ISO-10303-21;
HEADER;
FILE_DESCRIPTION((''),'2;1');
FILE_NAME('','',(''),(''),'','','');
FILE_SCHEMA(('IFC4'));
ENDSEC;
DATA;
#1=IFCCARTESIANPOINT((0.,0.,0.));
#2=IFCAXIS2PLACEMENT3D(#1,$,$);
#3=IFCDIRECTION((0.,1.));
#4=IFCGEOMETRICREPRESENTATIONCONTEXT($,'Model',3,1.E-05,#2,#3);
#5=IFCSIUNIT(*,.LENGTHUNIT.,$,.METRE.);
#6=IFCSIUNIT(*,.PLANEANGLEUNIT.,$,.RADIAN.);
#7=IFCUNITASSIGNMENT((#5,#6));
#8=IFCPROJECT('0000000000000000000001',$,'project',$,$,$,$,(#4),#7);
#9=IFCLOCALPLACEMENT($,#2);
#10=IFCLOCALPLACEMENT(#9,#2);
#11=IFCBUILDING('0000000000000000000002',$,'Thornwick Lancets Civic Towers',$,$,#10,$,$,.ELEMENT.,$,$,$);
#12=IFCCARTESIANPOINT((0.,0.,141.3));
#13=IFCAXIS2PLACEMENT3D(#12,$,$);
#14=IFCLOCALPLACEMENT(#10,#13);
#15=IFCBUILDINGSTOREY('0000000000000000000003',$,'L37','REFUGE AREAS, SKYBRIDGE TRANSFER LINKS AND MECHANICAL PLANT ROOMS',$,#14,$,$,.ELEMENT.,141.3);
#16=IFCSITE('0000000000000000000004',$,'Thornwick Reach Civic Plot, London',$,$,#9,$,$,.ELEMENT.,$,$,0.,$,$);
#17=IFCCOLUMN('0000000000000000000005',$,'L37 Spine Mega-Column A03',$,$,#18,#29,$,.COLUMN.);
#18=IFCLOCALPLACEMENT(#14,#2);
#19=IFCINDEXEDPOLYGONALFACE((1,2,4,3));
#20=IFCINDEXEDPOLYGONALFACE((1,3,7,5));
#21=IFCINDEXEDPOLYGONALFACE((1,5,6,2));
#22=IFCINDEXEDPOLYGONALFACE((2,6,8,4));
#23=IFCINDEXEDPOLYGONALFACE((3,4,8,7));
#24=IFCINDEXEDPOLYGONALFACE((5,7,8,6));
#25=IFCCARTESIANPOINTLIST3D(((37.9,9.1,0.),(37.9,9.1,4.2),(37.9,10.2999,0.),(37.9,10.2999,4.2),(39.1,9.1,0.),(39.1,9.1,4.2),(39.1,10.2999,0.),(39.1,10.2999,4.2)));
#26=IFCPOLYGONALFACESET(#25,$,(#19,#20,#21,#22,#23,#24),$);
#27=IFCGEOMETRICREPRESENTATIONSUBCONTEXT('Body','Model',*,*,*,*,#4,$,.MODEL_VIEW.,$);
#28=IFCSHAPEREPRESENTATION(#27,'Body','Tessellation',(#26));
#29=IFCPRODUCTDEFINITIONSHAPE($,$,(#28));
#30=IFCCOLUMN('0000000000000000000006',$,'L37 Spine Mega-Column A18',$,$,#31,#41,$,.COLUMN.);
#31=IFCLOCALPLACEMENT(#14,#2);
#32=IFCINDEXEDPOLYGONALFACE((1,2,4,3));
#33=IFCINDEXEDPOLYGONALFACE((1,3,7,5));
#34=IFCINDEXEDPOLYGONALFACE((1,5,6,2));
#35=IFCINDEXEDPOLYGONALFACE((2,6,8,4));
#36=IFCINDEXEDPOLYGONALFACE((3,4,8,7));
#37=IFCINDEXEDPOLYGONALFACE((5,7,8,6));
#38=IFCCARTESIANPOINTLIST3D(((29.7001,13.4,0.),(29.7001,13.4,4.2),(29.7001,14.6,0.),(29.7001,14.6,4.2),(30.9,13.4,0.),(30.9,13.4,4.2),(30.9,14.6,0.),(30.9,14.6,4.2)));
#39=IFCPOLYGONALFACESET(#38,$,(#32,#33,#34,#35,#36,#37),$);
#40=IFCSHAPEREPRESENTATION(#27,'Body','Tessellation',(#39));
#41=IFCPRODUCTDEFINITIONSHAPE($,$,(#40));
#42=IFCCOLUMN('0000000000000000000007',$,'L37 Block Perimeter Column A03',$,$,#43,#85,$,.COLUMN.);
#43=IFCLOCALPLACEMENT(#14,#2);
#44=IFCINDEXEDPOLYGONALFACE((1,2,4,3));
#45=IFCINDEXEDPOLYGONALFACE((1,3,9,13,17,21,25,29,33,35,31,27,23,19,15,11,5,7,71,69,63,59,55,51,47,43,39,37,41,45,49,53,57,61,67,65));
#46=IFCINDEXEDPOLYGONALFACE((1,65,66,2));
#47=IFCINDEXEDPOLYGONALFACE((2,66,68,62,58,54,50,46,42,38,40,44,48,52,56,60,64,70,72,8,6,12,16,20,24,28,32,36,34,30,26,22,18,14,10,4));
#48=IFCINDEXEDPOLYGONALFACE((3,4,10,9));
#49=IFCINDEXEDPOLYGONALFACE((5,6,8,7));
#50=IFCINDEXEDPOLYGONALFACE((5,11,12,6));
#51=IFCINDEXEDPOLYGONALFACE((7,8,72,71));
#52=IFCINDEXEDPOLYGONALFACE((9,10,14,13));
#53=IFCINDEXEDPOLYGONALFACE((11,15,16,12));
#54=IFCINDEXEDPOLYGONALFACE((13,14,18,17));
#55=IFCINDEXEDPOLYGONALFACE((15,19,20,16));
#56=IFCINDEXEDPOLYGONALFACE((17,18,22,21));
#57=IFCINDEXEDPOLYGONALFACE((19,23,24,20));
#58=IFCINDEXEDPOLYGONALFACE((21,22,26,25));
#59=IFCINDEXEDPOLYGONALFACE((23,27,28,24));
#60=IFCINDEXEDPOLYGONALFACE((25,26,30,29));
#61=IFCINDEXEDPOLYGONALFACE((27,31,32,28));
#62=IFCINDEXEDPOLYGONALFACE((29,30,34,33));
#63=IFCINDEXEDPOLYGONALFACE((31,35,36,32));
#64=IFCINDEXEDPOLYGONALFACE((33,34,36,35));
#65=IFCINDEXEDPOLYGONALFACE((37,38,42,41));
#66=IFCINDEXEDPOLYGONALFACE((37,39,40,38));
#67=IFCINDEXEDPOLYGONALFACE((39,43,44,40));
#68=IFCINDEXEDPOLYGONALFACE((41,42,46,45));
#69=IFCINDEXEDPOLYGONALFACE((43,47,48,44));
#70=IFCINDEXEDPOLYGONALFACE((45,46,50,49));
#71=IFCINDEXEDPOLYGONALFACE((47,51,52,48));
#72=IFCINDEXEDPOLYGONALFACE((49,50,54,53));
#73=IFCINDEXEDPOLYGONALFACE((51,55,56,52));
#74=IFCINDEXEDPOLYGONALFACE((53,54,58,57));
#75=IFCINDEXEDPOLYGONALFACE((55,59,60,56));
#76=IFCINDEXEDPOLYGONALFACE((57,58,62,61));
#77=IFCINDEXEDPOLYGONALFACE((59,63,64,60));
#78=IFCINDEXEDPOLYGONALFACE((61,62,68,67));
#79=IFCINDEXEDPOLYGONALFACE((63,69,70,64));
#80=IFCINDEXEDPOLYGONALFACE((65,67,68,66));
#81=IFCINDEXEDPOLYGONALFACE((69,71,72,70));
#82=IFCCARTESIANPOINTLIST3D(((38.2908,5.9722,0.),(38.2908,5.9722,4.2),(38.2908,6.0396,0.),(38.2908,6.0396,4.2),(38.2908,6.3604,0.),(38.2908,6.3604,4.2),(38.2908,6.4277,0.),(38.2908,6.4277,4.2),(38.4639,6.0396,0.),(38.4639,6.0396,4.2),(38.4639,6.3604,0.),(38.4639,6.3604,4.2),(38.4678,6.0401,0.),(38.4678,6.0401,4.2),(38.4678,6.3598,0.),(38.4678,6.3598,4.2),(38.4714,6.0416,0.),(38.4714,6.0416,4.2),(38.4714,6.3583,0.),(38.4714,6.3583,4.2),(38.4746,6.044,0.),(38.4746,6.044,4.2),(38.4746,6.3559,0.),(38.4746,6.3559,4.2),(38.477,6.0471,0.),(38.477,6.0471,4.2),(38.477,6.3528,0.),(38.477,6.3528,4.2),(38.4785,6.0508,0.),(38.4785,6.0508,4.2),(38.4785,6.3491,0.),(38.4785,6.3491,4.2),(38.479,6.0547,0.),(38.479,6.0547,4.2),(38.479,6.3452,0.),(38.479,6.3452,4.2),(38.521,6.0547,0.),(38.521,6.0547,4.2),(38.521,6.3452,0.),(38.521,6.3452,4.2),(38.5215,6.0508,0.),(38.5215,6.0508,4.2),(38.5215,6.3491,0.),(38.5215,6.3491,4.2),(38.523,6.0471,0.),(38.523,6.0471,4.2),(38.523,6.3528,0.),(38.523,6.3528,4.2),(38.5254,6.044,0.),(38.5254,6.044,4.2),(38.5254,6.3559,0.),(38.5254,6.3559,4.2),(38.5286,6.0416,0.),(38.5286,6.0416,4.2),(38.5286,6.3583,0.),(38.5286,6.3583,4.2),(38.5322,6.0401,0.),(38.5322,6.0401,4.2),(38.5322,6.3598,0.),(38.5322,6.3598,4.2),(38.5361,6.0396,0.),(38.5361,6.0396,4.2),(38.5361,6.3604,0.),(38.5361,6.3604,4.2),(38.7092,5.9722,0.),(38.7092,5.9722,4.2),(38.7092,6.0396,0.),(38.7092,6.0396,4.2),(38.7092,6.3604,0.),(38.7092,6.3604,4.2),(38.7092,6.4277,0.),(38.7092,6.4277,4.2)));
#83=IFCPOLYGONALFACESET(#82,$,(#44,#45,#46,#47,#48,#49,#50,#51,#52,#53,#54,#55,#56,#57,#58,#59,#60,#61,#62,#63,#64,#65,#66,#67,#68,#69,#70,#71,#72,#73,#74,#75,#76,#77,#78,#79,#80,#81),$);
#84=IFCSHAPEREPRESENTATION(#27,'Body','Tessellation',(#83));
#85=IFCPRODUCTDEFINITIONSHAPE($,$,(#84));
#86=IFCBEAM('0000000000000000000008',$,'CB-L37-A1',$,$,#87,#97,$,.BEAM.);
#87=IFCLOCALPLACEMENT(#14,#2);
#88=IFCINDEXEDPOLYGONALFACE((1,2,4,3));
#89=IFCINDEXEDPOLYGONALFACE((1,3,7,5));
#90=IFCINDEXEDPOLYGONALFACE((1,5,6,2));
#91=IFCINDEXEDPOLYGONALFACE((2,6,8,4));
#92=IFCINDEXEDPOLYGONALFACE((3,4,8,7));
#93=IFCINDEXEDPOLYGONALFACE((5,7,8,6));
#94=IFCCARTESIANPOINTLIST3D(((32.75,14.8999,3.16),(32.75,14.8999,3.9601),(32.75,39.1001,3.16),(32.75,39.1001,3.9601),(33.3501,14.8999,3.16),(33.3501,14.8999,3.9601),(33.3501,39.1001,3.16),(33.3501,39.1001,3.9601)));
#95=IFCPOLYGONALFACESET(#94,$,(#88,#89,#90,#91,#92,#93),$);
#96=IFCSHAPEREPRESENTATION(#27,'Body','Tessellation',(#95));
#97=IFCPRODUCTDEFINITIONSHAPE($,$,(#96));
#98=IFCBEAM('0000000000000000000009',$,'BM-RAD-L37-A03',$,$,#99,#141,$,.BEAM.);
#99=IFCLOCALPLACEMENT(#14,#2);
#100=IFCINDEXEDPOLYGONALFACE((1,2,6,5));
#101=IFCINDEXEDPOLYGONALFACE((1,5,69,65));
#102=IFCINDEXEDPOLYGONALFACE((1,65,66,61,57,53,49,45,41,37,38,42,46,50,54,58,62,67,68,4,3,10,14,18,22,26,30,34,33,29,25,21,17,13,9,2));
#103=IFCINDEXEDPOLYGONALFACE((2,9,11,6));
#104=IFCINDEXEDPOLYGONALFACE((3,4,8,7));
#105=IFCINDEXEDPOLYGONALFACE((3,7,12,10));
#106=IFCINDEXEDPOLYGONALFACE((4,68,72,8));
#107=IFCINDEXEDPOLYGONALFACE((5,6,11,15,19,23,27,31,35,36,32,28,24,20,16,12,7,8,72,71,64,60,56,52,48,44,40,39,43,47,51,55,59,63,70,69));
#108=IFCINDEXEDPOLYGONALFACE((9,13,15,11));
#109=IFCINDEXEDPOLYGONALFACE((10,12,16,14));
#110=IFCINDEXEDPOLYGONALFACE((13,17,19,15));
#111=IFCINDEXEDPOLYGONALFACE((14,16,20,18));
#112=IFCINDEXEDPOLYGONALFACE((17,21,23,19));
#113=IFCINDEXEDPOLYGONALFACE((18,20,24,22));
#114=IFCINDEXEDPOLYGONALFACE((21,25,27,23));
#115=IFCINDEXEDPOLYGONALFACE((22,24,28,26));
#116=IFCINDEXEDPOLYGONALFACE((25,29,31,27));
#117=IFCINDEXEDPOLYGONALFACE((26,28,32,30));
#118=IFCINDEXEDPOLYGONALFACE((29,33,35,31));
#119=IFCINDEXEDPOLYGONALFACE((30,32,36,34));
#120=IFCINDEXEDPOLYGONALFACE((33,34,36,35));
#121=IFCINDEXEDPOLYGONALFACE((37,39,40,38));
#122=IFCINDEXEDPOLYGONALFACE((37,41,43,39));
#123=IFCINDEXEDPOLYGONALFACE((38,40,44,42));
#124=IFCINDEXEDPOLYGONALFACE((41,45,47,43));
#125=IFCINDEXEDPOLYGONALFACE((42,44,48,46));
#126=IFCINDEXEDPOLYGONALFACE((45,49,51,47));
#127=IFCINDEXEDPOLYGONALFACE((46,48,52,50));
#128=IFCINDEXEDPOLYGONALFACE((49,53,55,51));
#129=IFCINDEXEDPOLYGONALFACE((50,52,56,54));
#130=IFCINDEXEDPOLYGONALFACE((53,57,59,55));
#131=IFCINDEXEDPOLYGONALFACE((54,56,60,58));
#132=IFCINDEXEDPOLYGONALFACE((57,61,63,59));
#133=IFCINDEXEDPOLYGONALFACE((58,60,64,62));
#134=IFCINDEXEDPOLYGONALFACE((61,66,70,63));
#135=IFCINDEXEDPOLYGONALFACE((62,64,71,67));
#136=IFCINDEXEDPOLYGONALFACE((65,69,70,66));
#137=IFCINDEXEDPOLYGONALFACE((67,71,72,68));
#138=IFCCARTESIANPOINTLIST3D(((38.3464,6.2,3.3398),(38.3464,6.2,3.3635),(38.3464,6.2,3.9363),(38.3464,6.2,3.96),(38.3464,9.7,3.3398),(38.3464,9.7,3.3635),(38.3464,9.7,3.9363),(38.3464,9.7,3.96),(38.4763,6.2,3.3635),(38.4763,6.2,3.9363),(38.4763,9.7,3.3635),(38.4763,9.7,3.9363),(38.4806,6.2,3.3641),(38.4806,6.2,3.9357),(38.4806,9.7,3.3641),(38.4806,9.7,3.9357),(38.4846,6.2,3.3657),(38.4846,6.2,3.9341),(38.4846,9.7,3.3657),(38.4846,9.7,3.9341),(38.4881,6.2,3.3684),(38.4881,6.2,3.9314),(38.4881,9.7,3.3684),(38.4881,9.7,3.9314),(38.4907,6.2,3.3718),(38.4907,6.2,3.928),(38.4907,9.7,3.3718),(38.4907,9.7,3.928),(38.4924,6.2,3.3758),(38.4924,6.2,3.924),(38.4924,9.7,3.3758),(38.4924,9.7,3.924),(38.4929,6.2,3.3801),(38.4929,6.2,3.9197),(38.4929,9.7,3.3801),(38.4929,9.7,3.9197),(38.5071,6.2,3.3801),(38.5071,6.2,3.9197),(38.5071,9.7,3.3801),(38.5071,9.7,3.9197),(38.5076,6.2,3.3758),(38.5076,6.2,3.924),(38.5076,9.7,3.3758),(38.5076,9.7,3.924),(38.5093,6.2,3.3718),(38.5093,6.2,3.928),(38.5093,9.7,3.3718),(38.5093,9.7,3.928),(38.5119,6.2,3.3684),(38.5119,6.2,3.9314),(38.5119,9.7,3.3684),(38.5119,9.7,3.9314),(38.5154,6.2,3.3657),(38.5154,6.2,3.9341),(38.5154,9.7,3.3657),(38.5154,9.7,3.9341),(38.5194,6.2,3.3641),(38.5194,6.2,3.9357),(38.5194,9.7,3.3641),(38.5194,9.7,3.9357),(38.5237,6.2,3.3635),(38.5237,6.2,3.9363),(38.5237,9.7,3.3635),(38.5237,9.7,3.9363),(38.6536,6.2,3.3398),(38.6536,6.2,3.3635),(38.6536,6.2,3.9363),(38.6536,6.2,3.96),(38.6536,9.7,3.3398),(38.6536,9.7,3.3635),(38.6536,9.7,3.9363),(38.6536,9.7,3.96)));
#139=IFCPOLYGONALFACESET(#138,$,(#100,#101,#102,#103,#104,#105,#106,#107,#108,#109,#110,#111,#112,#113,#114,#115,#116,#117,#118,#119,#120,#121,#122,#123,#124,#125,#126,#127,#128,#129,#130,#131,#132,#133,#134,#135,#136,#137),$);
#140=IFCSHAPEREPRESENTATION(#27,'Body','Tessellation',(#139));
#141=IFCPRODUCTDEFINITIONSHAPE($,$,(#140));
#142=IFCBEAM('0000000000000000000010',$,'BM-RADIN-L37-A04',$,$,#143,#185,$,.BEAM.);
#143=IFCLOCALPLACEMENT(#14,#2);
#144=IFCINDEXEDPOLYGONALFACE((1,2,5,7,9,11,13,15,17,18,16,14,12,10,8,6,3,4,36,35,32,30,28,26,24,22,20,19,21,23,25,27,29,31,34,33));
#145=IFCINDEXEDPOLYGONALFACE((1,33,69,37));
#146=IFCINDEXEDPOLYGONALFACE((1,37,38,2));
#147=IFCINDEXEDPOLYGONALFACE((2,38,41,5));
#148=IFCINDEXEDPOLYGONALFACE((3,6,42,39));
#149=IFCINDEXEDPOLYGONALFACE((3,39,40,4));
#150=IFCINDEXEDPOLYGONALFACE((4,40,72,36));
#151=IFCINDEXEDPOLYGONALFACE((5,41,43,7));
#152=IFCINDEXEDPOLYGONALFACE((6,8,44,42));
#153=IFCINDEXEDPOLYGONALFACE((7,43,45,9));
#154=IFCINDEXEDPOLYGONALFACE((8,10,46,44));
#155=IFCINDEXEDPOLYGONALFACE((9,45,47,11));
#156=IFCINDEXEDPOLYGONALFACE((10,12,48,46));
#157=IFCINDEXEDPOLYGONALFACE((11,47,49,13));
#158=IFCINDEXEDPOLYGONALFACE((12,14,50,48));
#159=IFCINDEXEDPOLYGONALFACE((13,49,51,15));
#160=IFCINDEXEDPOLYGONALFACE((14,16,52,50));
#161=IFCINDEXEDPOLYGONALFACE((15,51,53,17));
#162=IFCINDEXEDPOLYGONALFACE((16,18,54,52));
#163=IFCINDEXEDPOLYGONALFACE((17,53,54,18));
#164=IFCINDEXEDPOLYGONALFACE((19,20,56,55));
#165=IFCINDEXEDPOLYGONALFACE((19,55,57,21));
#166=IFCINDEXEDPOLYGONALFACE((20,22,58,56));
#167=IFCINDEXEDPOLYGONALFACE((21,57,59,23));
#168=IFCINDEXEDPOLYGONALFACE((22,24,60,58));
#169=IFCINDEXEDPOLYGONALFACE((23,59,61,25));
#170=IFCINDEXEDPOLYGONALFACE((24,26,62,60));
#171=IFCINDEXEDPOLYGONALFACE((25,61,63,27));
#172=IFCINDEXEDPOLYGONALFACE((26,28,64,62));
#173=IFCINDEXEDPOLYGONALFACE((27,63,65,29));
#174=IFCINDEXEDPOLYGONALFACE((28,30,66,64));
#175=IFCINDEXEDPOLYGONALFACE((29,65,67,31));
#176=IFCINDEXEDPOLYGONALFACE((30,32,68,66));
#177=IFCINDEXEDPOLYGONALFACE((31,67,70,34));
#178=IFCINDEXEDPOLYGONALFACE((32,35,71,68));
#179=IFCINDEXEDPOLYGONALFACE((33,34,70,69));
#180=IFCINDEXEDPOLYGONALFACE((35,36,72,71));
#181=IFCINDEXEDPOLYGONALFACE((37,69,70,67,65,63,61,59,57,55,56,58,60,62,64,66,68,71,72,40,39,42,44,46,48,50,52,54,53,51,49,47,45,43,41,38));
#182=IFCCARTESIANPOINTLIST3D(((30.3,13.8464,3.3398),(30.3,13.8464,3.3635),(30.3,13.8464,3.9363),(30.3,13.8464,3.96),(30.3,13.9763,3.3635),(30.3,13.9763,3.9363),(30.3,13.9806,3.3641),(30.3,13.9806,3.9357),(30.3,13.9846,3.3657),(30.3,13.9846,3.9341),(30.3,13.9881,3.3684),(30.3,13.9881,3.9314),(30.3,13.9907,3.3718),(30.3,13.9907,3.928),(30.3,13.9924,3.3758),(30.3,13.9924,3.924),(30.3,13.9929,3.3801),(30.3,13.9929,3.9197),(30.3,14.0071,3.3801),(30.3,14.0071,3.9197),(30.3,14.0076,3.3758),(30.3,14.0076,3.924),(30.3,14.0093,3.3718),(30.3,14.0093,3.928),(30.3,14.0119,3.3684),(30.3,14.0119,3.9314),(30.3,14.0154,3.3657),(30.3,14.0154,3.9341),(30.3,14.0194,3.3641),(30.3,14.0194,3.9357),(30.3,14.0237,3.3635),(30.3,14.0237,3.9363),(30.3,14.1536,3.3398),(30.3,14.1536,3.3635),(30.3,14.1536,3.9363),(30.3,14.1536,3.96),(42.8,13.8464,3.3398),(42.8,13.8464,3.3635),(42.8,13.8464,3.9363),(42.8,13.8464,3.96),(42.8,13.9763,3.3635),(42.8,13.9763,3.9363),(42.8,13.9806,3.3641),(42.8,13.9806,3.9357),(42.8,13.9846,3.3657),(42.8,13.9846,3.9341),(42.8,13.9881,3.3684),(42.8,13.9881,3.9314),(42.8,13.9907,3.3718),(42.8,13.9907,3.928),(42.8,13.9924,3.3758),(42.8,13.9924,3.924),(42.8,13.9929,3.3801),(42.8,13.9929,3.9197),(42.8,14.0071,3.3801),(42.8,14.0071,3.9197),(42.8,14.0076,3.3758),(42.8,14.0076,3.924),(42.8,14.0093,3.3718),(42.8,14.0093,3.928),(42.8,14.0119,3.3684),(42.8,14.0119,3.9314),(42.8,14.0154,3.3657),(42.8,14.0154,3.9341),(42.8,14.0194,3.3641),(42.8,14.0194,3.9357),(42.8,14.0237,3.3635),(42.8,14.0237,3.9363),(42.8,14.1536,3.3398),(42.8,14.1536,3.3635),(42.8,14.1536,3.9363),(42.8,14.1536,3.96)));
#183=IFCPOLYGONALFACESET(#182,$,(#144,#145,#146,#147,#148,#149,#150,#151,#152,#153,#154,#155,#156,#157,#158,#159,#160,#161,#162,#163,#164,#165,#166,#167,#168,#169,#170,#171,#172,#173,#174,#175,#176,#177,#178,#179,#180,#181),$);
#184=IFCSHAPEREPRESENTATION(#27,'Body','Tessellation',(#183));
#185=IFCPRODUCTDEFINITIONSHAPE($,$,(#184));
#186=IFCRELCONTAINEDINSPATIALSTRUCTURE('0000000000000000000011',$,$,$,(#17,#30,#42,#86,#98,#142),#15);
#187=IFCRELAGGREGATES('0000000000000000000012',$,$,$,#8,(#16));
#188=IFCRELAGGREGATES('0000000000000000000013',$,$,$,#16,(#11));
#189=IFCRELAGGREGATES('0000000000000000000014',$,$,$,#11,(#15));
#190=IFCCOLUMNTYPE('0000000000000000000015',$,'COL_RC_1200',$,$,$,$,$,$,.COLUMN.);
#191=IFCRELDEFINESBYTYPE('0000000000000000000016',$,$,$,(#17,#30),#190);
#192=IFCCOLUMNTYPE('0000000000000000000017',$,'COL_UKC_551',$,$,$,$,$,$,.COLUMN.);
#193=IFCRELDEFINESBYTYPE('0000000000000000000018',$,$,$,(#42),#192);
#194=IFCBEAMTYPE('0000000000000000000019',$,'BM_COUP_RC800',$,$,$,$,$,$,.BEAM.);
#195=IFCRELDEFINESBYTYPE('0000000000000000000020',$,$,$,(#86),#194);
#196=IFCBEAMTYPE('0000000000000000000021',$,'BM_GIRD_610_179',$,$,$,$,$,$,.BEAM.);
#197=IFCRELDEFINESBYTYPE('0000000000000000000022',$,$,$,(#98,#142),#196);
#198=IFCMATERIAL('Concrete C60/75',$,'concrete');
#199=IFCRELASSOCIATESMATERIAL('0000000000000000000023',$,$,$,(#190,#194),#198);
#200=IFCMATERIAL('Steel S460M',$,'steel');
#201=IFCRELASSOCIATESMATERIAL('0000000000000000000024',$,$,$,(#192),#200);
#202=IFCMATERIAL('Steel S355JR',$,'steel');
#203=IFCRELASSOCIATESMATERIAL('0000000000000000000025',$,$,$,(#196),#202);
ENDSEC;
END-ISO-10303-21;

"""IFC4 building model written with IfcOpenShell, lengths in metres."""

from ifc_helpers import new_model, si_unit, direction, frame, origin, origin_2d, place, context, subcontext, project, spatial, rectangle, i_section, extrude, material, material_profile, profile_set, type_object, element, save


model = new_model("IFC4")

# Units and contexts
model_context = context("Model", 3, precision=1e-05, world=origin(), true_north=direction((0.0, 1.0)))
body_context = subcontext(model_context, "Body", "Model", "MODEL_VIEW")
ifc_project = project(units=[si_unit("LENGTHUNIT", "METRE"), si_unit("PLANEANGLEUNIT", "RADIAN")], contexts=[model_context])

# Site, building, storey
site_placement = place(None, origin())
site = spatial("IfcSite", under=ifc_project, at=site_placement, Name="Thornwick Reach Civic Plot, London", CompositionType="ELEMENT", RefElevation=0.0)
building_placement = place(site_placement, origin())
building = spatial("IfcBuilding", under=site, at=building_placement, Name="Thornwick Lancets Civic Towers", CompositionType="ELEMENT")
storey_placement = place(building_placement, frame((0.0, 0.0, 141.3)))
storey = spatial("IfcBuildingStorey", under=building, at=storey_placement, Name="L37", Description="REFUGE AREAS, SKYBRIDGE TRANSFER LINKS AND MECHANICAL PLANT ROOMS", CompositionType="ELEMENT", Elevation=141.3)

# Columns
ifc_material_1 = material(Name="Concrete C60/75", Category="concrete")
ifc_material_profile_1 = material_profile(ifc_material_1, rectangle(XDim=1.2, YDim=1.2, at=origin_2d()), Name="RC 1200x1200")
ifc_profile_set_1 = profile_set([ifc_material_profile_1], Name="Concrete C60/75")
column_type_1 = type_object("IfcColumnType", Name="COL_RC_1200", PredefinedType="COLUMN", material=ifc_profile_set_1)
for number, where, z_axis, x_axis, name in (
    (1, (38.5, 9.7, 0.0), (0.0, 0.0, 1.0), (1.0, 0.0, 0.0), "L37 Spine Mega-Column A03"),
    (2, (30.3, 14.0, 0.0), (0.0, 0.0, 1.0), (1.0, 0.0, 0.0), "L37 Spine Mega-Column A18"),
):
    element("IfcColumn", number, at=place(storey_placement, frame(where, z_axis=z_axis, x_axis=x_axis)), inside=storey, type_object=column_type_1, Name=name, PredefinedType="COLUMN", context=body_context, shape_type="SweptSolid", body=[
        extrude(rectangle(XDim=1.2, YDim=1.2, at=origin_2d()), origin(), (0.0, 0.0, 1.0), 4.2),
    ])
ifc_material_2 = material(Name="Steel S460M", Category="steel")
ifc_material_profile_2 = material_profile(ifc_material_2, i_section(OverallWidth=0.4185, OverallDepth=0.4556, WebThickness=0.042, FlangeThickness=0.0674, FilletRadius=0.0151, at=origin_2d()), Name="UKC 356x406x551")
ifc_profile_set_2 = profile_set([ifc_material_profile_2], Name="Steel S460M")
column_type_2 = type_object("IfcColumnType", Name="COL_UKC_551", PredefinedType="COLUMN", material=ifc_profile_set_2)
column_placement = place(storey_placement, frame((38.5, 6.2, 0.0), z_axis=(0.0, 0.0, 1.0), x_axis=(1.0, 0.0, 0.0)))
element("IfcColumn", 3, at=column_placement, inside=storey, type_object=column_type_2, Name="L37 Block Perimeter Column A03", PredefinedType="COLUMN", context=body_context, shape_type="SweptSolid", body=[
    extrude(i_section(OverallWidth=0.4185, OverallDepth=0.4556, WebThickness=0.042, FlangeThickness=0.0674, FilletRadius=0.0151, at=origin_2d()), origin(), (0.0, 0.0, 1.0), 4.2),
])

# Beams
ifc_material_profile_3 = material_profile(ifc_material_1, rectangle(XDim=0.6001, YDim=0.8, at=origin_2d()), Name="RC 600x800")
ifc_profile_set_3 = profile_set([ifc_material_profile_3], Name="Concrete C60/75")
beam_type_1 = type_object("IfcBeamType", Name="BM_COUP_RC800", PredefinedType="BEAM", material=ifc_profile_set_3)
beam_1_placement = place(storey_placement, frame((33.05, 14.8999, 3.5601), z_axis=(0.0, 1.0, 0.0), x_axis=(-1.0, 0.0, 0.0)))
element("IfcBeam", 4, at=beam_1_placement, inside=storey, type_object=beam_type_1, Name="CB-L37-A1", PredefinedType="BEAM", context=body_context, shape_type="SweptSolid", body=[
    extrude(rectangle(XDim=0.6001, YDim=0.8, at=origin_2d()), origin(), (0.0, 0.0, 1.0), 24.2002),
])
ifc_material_3 = material(Name="Steel S355JR", Category="steel")
ifc_material_profile_4 = material_profile(ifc_material_3, i_section(OverallWidth=0.3071, OverallDepth=0.6201, WebThickness=0.0142, FlangeThickness=0.0237, FilletRadius=0.0166, at=origin_2d()), Name="UKB 610x305x179")
ifc_profile_set_4 = profile_set([ifc_material_profile_4], Name="Steel S355JR")
beam_type_2 = type_object("IfcBeamType", Name="BM_GIRD_610_179", PredefinedType="BEAM", material=ifc_profile_set_4)
beam_2_placement = place(storey_placement, frame((38.5, 9.7, 3.6499), z_axis=(0.0, -1.0, 0.0), x_axis=(1.0, 0.0, 0.0)))
element("IfcBeam", 5, at=beam_2_placement, inside=storey, type_object=beam_type_2, Name="BM-RAD-L37-A03", PredefinedType="BEAM", context=body_context, shape_type="SweptSolid", body=[
    extrude(i_section(OverallWidth=0.3071, OverallDepth=0.6201, WebThickness=0.0142, FlangeThickness=0.0237, FilletRadius=0.0166, at=origin_2d()), origin(), (0.0, 0.0, 1.0), 3.5),
])
beam_3_placement = place(storey_placement, frame((30.3, 14.0, 3.6499), z_axis=(1.0, 0.0, 0.0), x_axis=(0.0, 1.0, 0.0)))
element("IfcBeam", 6, at=beam_3_placement, inside=storey, type_object=beam_type_2, Name="BM-RADIN-L37-A04", PredefinedType="BEAM", context=body_context, shape_type="SweptSolid", body=[
    extrude(i_section(OverallWidth=0.3071, OverallDepth=0.6201, WebThickness=0.0142, FlangeThickness=0.0237, FilletRadius=0.0166, at=origin_2d()), origin(), (0.0, 0.0, 1.0), 12.5),
])

save(model, "model.ifc")
